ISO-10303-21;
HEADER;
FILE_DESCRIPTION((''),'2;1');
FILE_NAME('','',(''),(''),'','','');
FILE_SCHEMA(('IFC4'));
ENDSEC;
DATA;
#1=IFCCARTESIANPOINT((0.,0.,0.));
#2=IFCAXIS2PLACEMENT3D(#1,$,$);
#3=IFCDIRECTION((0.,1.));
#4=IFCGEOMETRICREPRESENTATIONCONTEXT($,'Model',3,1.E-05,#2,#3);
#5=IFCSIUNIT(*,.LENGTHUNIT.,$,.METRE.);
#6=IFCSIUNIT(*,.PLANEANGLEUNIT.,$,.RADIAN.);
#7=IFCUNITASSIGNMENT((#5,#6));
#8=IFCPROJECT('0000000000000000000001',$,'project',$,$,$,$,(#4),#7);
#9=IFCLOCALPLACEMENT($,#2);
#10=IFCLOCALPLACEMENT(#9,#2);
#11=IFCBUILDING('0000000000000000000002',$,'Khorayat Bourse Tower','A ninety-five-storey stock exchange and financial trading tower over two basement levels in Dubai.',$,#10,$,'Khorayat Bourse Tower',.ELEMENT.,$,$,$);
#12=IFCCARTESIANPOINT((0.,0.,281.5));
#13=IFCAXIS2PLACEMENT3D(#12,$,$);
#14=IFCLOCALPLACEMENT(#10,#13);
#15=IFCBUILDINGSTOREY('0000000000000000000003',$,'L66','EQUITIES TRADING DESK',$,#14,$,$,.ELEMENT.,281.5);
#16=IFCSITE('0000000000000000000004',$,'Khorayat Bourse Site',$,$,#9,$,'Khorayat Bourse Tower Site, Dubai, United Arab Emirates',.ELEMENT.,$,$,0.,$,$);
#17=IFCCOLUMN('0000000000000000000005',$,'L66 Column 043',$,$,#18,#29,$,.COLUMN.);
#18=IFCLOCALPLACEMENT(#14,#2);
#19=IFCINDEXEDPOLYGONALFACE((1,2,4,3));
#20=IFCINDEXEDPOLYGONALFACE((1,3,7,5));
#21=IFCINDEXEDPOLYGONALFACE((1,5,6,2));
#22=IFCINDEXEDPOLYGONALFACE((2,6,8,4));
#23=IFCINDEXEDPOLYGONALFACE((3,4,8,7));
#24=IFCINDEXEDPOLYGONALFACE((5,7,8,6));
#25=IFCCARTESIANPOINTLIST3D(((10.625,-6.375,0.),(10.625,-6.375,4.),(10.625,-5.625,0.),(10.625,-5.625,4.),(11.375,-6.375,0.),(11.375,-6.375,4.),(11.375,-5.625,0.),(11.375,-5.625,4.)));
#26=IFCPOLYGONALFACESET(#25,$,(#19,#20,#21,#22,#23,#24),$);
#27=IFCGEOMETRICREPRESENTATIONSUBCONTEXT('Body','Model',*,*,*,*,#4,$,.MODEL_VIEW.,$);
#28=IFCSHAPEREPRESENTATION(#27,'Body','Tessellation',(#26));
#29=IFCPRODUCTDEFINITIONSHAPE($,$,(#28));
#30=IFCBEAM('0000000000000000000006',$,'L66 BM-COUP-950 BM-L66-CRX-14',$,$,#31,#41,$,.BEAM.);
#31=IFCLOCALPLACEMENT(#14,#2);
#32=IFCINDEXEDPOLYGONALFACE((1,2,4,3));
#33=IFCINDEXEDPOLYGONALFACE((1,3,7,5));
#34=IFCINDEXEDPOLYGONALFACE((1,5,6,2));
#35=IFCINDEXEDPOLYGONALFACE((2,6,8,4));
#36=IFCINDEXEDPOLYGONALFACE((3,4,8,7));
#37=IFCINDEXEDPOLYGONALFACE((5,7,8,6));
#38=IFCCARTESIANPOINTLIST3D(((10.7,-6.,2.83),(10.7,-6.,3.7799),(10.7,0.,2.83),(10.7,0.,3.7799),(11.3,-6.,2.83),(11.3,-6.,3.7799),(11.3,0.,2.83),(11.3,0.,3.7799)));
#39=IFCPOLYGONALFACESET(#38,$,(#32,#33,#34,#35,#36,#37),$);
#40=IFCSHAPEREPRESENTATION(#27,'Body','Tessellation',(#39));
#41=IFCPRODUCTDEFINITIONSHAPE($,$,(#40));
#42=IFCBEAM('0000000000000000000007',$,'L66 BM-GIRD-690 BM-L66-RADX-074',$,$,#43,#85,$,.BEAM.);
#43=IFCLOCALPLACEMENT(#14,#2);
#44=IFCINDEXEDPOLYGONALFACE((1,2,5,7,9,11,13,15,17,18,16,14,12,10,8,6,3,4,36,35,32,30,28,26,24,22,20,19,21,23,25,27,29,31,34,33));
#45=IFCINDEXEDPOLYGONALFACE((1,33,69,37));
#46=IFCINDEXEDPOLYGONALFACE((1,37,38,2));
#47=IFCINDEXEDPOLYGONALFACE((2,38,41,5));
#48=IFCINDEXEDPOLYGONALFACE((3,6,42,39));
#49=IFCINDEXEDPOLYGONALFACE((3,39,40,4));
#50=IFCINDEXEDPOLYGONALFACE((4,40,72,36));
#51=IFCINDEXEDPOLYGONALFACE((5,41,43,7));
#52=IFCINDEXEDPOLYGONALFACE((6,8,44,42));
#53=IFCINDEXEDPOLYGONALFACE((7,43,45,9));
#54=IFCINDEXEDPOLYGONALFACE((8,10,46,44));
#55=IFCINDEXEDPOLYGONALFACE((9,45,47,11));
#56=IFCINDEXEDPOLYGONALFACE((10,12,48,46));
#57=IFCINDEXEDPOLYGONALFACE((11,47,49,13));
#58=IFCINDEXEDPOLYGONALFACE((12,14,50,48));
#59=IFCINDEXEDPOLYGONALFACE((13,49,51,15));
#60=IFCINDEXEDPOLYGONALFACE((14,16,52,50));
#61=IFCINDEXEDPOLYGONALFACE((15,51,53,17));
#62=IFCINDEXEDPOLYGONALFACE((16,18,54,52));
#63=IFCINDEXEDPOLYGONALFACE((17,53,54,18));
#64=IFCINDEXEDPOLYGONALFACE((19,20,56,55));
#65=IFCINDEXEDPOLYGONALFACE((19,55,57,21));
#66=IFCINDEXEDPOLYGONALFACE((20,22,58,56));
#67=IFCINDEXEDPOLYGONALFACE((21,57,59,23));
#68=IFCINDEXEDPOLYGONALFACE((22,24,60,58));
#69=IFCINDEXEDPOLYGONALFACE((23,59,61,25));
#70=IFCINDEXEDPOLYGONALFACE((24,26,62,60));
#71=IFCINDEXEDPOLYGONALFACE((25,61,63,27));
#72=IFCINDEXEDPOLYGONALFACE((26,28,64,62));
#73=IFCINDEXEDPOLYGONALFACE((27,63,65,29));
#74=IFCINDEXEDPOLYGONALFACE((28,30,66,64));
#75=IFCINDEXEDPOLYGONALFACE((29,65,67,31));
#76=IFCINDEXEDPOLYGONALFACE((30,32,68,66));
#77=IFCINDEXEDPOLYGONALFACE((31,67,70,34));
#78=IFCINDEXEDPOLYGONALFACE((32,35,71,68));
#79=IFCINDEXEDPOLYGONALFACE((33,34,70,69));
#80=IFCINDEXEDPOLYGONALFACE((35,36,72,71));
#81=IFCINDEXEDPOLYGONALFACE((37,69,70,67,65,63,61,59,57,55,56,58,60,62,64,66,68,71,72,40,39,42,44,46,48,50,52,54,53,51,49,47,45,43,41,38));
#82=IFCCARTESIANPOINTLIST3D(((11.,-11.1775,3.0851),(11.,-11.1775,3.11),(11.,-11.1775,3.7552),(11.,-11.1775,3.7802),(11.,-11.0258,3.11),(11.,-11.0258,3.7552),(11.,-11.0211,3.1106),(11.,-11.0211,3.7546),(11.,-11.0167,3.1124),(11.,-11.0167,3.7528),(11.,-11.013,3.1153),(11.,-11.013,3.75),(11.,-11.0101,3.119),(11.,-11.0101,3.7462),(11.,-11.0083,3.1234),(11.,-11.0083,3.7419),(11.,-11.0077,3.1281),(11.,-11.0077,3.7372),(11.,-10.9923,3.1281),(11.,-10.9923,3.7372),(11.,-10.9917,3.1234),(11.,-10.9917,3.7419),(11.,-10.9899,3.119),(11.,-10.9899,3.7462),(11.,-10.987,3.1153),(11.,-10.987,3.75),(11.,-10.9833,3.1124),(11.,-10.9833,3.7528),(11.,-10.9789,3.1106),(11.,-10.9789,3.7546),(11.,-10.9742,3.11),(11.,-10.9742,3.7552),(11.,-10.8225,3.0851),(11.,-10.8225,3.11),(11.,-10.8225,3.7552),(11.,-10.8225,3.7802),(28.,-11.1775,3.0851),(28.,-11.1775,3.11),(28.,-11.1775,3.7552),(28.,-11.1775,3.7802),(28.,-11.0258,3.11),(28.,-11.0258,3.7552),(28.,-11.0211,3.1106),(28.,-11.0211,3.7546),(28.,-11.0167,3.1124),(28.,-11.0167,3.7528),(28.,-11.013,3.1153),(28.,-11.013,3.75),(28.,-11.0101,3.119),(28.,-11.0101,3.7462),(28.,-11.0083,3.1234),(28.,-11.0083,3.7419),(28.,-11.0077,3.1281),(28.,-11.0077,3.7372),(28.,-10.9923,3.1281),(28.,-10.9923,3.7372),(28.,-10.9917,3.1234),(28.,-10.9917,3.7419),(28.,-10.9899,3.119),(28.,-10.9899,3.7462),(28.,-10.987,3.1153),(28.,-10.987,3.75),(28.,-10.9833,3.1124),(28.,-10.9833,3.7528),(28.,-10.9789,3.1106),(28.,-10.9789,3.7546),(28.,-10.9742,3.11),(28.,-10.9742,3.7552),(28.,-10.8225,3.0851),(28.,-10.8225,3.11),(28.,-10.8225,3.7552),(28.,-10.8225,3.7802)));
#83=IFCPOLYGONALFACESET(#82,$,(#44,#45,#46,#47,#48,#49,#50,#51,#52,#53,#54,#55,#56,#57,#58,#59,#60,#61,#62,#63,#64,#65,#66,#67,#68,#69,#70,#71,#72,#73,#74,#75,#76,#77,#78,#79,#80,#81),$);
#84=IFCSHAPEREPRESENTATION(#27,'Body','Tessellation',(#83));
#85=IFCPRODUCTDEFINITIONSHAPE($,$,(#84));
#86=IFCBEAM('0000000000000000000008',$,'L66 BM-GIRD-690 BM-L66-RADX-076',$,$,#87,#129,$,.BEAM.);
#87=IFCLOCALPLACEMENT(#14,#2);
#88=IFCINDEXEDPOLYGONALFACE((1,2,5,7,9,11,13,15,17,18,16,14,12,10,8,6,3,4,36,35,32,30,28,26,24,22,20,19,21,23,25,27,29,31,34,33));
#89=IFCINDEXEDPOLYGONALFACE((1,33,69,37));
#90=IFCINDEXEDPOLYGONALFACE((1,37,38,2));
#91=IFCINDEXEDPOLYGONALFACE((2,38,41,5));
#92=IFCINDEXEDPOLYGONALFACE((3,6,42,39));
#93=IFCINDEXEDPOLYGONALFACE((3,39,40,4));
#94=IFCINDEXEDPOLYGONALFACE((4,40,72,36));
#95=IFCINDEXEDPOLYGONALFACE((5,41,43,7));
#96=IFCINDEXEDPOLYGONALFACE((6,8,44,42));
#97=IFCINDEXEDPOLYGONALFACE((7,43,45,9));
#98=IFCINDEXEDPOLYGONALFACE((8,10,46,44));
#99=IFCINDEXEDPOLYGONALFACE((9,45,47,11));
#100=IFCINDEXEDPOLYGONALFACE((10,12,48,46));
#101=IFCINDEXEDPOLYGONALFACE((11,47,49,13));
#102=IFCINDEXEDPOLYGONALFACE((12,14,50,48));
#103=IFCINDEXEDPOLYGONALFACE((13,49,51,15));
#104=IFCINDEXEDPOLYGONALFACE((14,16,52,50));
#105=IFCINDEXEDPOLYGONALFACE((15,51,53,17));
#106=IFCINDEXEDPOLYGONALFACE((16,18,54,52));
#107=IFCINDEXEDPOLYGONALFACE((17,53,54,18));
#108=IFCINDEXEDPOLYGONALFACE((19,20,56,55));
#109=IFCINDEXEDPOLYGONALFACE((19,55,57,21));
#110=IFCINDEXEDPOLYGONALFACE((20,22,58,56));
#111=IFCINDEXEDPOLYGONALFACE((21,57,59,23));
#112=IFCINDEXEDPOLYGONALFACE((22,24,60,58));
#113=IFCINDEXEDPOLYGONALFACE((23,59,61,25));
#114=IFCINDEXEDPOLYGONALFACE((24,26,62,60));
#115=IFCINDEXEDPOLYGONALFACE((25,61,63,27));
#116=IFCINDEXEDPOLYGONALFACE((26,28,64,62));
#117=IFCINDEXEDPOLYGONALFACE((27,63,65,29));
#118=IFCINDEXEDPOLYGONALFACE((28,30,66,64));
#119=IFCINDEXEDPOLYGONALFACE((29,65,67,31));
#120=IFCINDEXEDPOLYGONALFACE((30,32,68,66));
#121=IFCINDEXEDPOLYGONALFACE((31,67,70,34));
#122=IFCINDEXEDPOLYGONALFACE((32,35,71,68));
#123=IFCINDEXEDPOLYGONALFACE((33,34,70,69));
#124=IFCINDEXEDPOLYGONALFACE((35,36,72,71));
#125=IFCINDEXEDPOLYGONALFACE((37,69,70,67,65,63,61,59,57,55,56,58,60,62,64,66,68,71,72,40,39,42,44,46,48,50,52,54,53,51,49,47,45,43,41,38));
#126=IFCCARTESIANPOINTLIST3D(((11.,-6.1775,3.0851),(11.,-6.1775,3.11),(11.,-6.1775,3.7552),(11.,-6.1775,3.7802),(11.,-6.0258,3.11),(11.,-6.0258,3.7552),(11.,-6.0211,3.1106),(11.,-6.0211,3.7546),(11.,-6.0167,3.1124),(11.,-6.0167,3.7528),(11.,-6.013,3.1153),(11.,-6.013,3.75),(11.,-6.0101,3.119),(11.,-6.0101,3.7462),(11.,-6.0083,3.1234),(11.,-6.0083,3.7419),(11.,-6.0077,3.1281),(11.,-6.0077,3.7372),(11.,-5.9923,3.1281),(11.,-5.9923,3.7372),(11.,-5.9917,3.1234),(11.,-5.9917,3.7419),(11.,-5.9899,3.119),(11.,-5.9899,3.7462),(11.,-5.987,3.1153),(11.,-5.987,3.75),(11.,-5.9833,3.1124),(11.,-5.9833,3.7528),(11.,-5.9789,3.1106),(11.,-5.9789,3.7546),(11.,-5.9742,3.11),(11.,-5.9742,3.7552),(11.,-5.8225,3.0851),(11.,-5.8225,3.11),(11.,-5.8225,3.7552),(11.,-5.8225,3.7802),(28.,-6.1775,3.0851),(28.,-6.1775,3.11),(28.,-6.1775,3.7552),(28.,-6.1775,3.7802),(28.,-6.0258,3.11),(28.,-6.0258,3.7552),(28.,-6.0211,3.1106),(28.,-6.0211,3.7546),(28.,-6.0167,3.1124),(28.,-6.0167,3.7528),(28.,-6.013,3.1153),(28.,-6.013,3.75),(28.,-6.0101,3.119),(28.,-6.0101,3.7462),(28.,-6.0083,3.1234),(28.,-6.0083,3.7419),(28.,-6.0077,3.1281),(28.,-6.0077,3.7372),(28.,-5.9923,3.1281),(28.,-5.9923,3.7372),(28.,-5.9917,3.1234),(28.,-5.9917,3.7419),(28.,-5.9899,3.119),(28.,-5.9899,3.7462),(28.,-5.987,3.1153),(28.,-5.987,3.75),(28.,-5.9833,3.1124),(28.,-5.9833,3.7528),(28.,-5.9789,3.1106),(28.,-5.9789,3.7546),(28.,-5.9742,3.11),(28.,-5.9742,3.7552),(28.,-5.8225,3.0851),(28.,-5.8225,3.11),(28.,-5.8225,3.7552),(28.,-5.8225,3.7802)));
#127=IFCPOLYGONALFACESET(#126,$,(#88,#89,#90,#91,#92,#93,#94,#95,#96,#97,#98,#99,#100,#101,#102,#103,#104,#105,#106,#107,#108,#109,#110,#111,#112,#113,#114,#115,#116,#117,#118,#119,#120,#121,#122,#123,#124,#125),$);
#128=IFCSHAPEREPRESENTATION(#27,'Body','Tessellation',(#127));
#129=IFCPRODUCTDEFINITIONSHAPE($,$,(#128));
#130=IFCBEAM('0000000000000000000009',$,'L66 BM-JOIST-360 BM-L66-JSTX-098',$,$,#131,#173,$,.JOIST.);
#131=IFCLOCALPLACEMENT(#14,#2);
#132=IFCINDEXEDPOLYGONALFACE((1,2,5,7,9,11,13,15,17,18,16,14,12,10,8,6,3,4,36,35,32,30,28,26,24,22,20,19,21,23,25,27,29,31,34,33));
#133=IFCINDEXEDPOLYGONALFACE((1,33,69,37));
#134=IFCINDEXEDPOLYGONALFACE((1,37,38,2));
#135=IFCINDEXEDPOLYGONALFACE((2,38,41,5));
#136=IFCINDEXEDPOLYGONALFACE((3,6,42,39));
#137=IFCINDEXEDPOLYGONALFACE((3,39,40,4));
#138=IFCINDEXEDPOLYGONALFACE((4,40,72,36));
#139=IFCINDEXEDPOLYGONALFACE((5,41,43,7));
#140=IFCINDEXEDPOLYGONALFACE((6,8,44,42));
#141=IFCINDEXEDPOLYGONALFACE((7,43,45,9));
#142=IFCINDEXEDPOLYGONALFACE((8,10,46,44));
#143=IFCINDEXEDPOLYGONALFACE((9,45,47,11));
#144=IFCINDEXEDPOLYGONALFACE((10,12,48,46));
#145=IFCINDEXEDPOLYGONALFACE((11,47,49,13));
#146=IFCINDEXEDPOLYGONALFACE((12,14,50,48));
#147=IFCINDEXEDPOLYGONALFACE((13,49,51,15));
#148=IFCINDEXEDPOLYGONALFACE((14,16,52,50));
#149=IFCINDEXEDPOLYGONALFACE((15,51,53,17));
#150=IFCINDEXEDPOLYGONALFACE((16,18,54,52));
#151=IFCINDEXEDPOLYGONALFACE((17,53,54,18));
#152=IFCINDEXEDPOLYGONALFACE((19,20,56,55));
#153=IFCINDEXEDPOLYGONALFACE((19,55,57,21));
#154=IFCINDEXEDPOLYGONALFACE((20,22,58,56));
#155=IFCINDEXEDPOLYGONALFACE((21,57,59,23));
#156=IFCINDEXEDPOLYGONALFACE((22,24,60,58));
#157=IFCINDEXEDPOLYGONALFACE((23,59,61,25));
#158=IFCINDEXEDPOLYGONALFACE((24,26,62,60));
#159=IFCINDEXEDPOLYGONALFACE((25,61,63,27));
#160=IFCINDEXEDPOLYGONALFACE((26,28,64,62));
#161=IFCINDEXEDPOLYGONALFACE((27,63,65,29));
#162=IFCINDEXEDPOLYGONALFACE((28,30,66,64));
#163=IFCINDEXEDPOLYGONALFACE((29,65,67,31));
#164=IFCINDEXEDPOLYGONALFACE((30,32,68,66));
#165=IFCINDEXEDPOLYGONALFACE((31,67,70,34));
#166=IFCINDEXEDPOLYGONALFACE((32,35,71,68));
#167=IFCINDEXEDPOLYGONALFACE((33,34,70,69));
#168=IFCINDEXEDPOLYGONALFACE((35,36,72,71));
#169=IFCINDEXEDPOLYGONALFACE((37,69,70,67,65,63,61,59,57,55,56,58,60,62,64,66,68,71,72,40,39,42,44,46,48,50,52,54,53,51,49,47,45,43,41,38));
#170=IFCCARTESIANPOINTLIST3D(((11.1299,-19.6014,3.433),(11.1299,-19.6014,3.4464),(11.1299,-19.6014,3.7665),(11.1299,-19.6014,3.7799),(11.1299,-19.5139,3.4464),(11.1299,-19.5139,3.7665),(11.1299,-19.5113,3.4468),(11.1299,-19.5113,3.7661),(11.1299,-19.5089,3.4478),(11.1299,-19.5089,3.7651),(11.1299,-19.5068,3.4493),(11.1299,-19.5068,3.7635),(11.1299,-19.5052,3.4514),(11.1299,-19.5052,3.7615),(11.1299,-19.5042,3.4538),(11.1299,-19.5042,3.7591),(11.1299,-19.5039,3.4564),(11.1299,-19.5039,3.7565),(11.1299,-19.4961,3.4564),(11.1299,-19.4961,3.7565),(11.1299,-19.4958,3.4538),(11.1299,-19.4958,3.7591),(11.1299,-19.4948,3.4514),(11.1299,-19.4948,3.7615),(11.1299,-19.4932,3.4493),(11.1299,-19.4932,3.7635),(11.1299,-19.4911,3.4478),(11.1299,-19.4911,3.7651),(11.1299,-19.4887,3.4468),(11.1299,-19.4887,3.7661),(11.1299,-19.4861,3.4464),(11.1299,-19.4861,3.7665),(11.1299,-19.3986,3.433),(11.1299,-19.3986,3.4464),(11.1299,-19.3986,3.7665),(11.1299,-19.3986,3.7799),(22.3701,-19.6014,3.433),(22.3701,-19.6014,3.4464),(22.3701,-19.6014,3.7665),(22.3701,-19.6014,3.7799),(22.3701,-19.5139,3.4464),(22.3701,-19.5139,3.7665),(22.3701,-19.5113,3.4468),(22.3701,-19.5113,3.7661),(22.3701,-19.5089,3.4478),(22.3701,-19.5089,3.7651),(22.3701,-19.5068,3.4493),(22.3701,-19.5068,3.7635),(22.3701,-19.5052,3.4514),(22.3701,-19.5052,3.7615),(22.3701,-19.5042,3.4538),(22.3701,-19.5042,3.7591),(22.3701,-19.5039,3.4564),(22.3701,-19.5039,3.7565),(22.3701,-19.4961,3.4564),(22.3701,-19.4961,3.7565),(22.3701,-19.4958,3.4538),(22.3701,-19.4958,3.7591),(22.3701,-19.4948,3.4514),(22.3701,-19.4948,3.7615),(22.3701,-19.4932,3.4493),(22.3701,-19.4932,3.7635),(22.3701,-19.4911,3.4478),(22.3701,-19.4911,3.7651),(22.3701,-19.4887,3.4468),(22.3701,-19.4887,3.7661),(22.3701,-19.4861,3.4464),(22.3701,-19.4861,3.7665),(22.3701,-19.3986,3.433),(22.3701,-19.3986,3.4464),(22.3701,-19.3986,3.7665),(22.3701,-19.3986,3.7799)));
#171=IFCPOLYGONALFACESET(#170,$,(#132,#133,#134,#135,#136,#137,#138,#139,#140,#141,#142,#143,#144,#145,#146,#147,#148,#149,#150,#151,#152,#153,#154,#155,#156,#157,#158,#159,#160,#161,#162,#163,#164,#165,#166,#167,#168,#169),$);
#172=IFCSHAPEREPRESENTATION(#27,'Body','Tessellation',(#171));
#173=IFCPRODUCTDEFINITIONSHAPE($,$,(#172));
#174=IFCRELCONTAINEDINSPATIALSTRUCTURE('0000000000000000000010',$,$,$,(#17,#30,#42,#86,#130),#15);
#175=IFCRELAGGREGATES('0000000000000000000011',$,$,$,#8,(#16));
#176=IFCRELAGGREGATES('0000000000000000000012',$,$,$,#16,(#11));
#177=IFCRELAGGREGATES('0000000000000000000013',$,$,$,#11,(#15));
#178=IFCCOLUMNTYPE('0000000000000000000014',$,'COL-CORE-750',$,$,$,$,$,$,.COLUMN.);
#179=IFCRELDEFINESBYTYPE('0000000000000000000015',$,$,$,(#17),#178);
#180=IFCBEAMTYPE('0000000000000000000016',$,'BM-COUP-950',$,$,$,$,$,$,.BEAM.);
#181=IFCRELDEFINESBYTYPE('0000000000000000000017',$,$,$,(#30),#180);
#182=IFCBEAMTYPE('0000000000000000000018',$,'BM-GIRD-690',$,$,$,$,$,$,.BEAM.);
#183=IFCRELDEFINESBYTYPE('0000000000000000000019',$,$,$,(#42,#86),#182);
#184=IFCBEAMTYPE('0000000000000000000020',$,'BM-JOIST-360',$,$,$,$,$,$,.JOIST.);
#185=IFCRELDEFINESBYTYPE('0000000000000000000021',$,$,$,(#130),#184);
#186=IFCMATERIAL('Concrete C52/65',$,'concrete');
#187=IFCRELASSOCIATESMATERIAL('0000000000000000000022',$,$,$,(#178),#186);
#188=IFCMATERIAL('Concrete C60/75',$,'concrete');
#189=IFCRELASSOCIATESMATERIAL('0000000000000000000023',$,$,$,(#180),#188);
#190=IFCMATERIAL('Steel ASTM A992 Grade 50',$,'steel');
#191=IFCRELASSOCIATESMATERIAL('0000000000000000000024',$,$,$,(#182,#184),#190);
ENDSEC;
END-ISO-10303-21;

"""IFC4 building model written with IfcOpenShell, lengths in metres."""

from ifc_helpers import new_model, si_unit, direction, frame, origin, origin_2d, place, context, subcontext, project, spatial, rectangle, i_section, extrude, source, transform, mapped, material, material_profile, profile_set, type_object, element, save


model = new_model("IFC4")

# Units and contexts
model_context = context("Model", 3, precision=1e-05, world=origin(), true_north=direction((0.0, 1.0)))
body_context = subcontext(model_context, "Body", "Model", "MODEL_VIEW")
ifc_project = project(units=[si_unit("LENGTHUNIT", "METRE"), si_unit("PLANEANGLEUNIT", "RADIAN")], contexts=[model_context])

# Site, building, storey
site_placement = place(None, origin())
site = spatial("IfcSite", under=ifc_project, at=site_placement, Name="Khorayat Bourse Site", LongName="Khorayat Bourse Tower Site, Dubai, United Arab Emirates", CompositionType="ELEMENT", RefElevation=0.0)
building_placement = place(site_placement, origin())
building = spatial("IfcBuilding", under=site, at=building_placement, Name="Khorayat Bourse Tower", Description="A ninety-five-storey stock exchange and financial trading tower over two basement levels in Dubai.", LongName="Khorayat Bourse Tower", CompositionType="ELEMENT")
storey_placement = place(building_placement, frame((0.0, 0.0, 281.5)))
storey = spatial("IfcBuildingStorey", under=building, at=storey_placement, Name="L66", Description="EQUITIES TRADING DESK", CompositionType="ELEMENT", Elevation=281.5)

# Column
ifc_material_1 = material(Name="Concrete C52/65", Category="concrete")
ifc_material_profile_1 = material_profile(ifc_material_1, rectangle(XDim=0.75, YDim=0.75, at=origin_2d()), Name="RC 750x750")
ifc_profile_set_1 = profile_set([ifc_material_profile_1], Name="Concrete C52/65")
column_type = type_object("IfcColumnType", Name="COL-CORE-750", PredefinedType="COLUMN", material=ifc_profile_set_1)
shared_shape_1 = source(origin(), body_context, "Body", "SweptSolid", [
    extrude(rectangle(XDim=0.75, YDim=0.75, at=origin_2d()), origin(), (0.0, 0.0, 1.0), 4.0),
])
column_placement = place(storey_placement, frame((11.0, -6.0, 0.0), z_axis=(0.0, 0.0, 1.0), x_axis=(1.0, 0.0, 0.0)))
element("IfcColumn", 1, at=column_placement, inside=storey, type_object=column_type, Name="L66 Column 043", PredefinedType="COLUMN", context=body_context, shape_type="MappedRepresentation", body=[
    mapped(shared_shape_1, transform((0.0, 0.0, 0.0), scale=1.0)),
])

# Beams
ifc_material_2 = material(Name="Concrete C60/75", Category="concrete")
ifc_material_profile_2 = material_profile(ifc_material_2, rectangle(XDim=0.6001, YDim=0.95, at=origin_2d()), Name="RC 600x950")
ifc_profile_set_2 = profile_set([ifc_material_profile_2], Name="Concrete C60/75")
beam_type_1 = type_object("IfcBeamType", Name="BM-COUP-950", PredefinedType="BEAM", material=ifc_profile_set_2)
shared_shape_2 = source(origin(), body_context, "Body", "SweptSolid", [
    extrude(rectangle(XDim=0.6001, YDim=0.95, at=origin_2d()), origin(), (0.0, 0.0, 1.0), 6.0),
])
beam_1_placement = place(storey_placement, frame((11.0, -6.0, 3.3049), z_axis=(0.0, 1.0, 0.0), x_axis=(-1.0, 0.0, 0.0)))
element("IfcBeam", 2, at=beam_1_placement, inside=storey, type_object=beam_type_1, Name="L66 BM-COUP-950 BM-L66-CRX-14", PredefinedType="BEAM", context=body_context, shape_type="MappedRepresentation", body=[
    mapped(shared_shape_2, transform((0.0, 0.0, 0.0), scale=1.0)),
])
ifc_material_3 = material(Name="Steel ASTM A992 Grade 50", Category="steel")
ifc_material_profile_3 = material_profile(ifc_material_3, i_section(OverallWidth=0.355, OverallDepth=0.6951, WebThickness=0.0154, FlangeThickness=0.0249, FilletRadius=0.0181, at=origin_2d()), Name="W690X217")
ifc_profile_set_3 = profile_set([ifc_material_profile_3], Name="Steel ASTM A992 Grade 50")
beam_type_2 = type_object("IfcBeamType", Name="BM-GIRD-690", PredefinedType="BEAM", material=ifc_profile_set_3)
shared_shape_3 = source(origin(), body_context, "Body", "SweptSolid", [
    extrude(i_section(OverallWidth=0.355, OverallDepth=0.6951, WebThickness=0.0154, FlangeThickness=0.0249, FilletRadius=0.0181, at=origin_2d()), origin(), (0.0, 0.0, 1.0), 17.0),
])
for number, where, z_axis, x_axis, name in (
    (3, (11.0, -11.0, 3.4326), (1.0, 0.0, 0.0), (0.0, 1.0, 0.0), "L66 BM-GIRD-690 BM-L66-RADX-074"),
    (4, (11.0, -6.0, 3.4326), (1.0, 0.0, 0.0), (0.0, 1.0, 0.0), "L66 BM-GIRD-690 BM-L66-RADX-076"),
):
    element("IfcBeam", number, at=place(storey_placement, frame(where, z_axis=z_axis, x_axis=x_axis)), inside=storey, type_object=beam_type_2, Name=name, PredefinedType="BEAM", context=body_context, shape_type="MappedRepresentation", body=[
        mapped(shared_shape_3, transform((0.0, 0.0, 0.0), scale=1.0)),
    ])
ifc_material_profile_4 = material_profile(ifc_material_3, i_section(OverallWidth=0.2029, OverallDepth=0.3469, WebThickness=0.0078, FlangeThickness=0.0134, FilletRadius=0.01, at=origin_2d()), Name="W360X64")
ifc_profile_set_4 = profile_set([ifc_material_profile_4], Name="Steel ASTM A992 Grade 50")
beam_type_3 = type_object("IfcBeamType", Name="BM-JOIST-360", PredefinedType="JOIST", material=ifc_profile_set_4)
shared_shape_4 = source(origin(), body_context, "Body", "SweptSolid", [
    extrude(i_section(OverallWidth=0.2029, OverallDepth=0.3469, WebThickness=0.0078, FlangeThickness=0.0134, FilletRadius=0.01, at=origin_2d()), origin(), (0.0, 0.0, 1.0), 11.2402),
])
beam_2_placement = place(storey_placement, frame((11.1299, -19.5, 3.6064), z_axis=(1.0, 0.0, 0.0), x_axis=(0.0, 1.0, 0.0)))
element("IfcBeam", 5, at=beam_2_placement, inside=storey, type_object=beam_type_3, Name="L66 BM-JOIST-360 BM-L66-JSTX-098", PredefinedType="JOIST", context=body_context, shape_type="MappedRepresentation", body=[
    mapped(shared_shape_4, transform((0.0, 0.0, 0.0), scale=1.0)),
])

save(model, "model.ifc")
